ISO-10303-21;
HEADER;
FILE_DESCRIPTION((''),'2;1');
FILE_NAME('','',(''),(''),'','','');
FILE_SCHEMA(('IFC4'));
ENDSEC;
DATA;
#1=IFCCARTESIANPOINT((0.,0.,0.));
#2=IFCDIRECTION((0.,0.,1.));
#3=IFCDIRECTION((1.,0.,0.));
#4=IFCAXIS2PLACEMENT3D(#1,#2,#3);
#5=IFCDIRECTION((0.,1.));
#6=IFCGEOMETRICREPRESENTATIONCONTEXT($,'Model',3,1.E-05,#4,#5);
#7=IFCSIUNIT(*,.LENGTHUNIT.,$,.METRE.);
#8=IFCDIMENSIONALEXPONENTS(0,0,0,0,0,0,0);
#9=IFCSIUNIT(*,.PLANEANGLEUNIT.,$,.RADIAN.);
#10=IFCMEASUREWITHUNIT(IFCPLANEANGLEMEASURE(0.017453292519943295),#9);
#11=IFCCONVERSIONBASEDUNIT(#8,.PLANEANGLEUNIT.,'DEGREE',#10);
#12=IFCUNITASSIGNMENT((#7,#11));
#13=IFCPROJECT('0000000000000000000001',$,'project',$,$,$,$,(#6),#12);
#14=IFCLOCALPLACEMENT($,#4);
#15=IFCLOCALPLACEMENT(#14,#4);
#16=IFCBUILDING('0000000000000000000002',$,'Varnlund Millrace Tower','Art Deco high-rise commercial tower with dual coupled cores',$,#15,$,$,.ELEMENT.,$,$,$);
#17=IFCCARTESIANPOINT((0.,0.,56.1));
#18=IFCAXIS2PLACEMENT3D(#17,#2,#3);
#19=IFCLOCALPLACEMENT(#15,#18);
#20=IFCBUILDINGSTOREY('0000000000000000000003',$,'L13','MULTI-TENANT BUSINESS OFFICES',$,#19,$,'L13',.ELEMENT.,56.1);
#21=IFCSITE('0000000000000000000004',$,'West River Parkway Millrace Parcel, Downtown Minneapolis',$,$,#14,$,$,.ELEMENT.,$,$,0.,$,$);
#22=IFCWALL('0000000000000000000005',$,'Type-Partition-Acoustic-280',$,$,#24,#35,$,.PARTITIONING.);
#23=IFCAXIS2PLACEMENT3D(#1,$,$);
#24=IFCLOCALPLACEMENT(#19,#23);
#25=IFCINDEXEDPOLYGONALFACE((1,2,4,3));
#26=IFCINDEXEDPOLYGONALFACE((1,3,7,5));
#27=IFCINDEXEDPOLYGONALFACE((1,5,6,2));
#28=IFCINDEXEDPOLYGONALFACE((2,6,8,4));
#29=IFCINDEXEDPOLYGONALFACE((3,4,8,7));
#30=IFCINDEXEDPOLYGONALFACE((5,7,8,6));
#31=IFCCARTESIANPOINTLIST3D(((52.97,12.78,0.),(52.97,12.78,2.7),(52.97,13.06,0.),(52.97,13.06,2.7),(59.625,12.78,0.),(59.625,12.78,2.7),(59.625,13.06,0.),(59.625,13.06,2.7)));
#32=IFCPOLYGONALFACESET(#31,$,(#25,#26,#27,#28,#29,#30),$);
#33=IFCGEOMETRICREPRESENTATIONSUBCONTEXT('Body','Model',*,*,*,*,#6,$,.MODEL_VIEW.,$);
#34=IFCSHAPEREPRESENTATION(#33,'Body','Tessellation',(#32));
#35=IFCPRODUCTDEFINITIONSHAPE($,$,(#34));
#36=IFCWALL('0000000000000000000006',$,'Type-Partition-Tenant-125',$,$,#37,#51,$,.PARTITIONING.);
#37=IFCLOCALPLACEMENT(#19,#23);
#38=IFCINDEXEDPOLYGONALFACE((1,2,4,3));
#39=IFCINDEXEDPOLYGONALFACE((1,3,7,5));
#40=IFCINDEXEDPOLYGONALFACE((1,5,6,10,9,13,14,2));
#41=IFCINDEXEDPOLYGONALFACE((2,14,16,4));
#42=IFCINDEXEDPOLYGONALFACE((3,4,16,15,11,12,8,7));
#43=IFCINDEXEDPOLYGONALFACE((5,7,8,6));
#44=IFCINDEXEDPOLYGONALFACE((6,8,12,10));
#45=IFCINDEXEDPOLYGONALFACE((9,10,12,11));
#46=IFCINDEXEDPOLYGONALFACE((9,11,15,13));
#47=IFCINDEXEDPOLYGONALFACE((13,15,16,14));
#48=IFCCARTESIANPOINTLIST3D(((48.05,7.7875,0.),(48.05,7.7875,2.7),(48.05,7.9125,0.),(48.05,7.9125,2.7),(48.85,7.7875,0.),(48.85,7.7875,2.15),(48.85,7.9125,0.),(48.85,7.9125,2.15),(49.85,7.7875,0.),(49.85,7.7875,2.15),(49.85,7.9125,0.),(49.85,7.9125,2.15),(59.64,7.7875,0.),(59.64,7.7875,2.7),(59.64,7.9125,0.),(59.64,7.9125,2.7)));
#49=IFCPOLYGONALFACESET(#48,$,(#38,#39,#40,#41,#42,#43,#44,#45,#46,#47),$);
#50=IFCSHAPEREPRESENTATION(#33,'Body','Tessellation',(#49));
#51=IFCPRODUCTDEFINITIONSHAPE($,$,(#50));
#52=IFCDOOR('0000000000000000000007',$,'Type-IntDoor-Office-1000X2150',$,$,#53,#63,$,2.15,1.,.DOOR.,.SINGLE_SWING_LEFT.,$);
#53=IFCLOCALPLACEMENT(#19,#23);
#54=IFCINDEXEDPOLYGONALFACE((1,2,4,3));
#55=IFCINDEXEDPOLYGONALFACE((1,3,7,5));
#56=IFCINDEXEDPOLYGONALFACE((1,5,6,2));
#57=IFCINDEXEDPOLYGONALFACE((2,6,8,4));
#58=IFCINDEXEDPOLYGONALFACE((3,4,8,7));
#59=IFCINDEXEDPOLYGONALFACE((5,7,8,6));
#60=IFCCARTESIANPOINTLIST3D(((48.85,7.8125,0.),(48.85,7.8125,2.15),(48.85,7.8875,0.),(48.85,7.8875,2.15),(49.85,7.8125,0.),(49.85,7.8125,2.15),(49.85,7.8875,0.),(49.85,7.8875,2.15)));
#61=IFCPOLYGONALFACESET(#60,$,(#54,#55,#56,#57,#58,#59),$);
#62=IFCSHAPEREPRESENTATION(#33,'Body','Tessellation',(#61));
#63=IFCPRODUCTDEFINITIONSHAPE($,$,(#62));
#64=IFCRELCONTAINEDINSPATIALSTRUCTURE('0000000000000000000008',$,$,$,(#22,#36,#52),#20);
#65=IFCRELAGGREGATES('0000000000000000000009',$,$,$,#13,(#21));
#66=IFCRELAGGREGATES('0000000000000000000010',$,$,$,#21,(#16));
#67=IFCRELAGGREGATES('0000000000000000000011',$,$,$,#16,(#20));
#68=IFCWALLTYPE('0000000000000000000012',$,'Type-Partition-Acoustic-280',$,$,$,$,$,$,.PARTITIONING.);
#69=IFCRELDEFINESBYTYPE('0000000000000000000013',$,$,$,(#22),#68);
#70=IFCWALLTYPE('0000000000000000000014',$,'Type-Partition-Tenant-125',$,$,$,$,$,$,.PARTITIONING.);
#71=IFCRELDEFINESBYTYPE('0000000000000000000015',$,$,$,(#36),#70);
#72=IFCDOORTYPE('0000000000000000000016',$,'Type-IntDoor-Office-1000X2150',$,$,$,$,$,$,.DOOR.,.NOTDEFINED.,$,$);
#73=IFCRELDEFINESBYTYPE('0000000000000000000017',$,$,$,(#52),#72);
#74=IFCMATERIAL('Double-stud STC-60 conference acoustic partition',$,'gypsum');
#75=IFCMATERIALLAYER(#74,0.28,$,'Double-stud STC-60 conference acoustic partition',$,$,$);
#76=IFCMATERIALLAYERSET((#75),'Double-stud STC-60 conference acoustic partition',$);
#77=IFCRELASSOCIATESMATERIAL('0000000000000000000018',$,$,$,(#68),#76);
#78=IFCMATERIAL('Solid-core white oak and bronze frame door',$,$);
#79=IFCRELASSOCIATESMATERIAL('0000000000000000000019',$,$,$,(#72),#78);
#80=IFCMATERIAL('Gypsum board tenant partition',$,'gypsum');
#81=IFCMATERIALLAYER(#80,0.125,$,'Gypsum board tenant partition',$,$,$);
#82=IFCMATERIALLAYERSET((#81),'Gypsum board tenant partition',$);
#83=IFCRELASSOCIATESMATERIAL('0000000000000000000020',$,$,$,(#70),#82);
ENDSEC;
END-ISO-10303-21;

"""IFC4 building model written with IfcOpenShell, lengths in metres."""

from ifc_helpers import new_model, entity, si_unit, converted_unit, direction, frame, origin_with_axes, origin_2d_with_axis, place, context, subcontext, project, spatial, polyline, rectangle, outline, extrude, material, layer, layer_set, type_object, element, fill, save


model = new_model("IFC4")

# Units and contexts
model_context = context("Model", 3, precision=1e-05, world=origin_with_axes(), true_north=direction((0.0, 1.0)))
body_context = subcontext(model_context, "Body", "Model", "MODEL_VIEW")
ifc_project = project(units=[si_unit("LENGTHUNIT", "METRE"), converted_unit("PLANEANGLEUNIT", "DEGREE", entity("IfcPlaneAngleMeasure", 0.017453292519943295), si_unit("PLANEANGLEUNIT", "RADIAN"), dimensions=[0, 0, 0, 0, 0, 0, 0])], contexts=[model_context])

# Site, building, storey
site_placement = place(None, origin_with_axes())
site = spatial("IfcSite", under=ifc_project, at=site_placement, Name="West River Parkway Millrace Parcel, Downtown Minneapolis", CompositionType="ELEMENT", RefElevation=0.0)
building_placement = place(site_placement, origin_with_axes())
building = spatial("IfcBuilding", under=site, at=building_placement, Name="Varnlund Millrace Tower", Description="Art Deco high-rise commercial tower with dual coupled cores", CompositionType="ELEMENT")
storey_placement = place(building_placement, frame((0.0, 0.0, 56.1), z_axis=(0.0, 0.0, 1.0), x_axis=(1.0, 0.0, 0.0)))
storey = spatial("IfcBuildingStorey", under=building, at=storey_placement, Name="L13", Description="MULTI-TENANT BUSINESS OFFICES", LongName="L13", CompositionType="ELEMENT", Elevation=56.1)

# Wall
ifc_material_1 = material(Name="Double-stud STC-60 conference acoustic partition", Category="gypsum")
ifc_layer_1 = layer(ifc_material_1, 0.28, Name="Double-stud STC-60 conference acoustic partition")
ifc_layer_set_1 = layer_set([ifc_layer_1], Name="Double-stud STC-60 conference acoustic partition")
wall_type_1 = type_object("IfcWallType", Name="Type-Partition-Acoustic-280", PredefinedType="PARTITIONING", material=ifc_layer_set_1)
wall_1_placement = place(storey_placement, frame((52.97, 12.92, 0.0), z_axis=(0.0, 0.0, 1.0), x_axis=(1.0, 0.0, 0.0)))
element("IfcWall", 1, at=wall_1_placement, inside=storey, type_object=wall_type_1, Name="Type-Partition-Acoustic-280", PredefinedType="PARTITIONING", context=body_context, shape_type="SweptSolid", body=[
    extrude(outline(polyline([(0.0, -0.14), (6.655, -0.14), (6.655, 0.14), (0.0, 0.14), (0.0, -0.14)])), origin_with_axes(), (0.0, 0.0, 1.0), 2.7),
])

# Shared definitions
ifc_material_2 = material(Name="Solid-core white oak and bronze frame door")
door_type = type_object("IfcDoorType", Name="Type-IntDoor-Office-1000X2150", OperationType="NOTDEFINED", PredefinedType="DOOR", material=ifc_material_2)

# Wall, opening, door
ifc_material_3 = material(Name="Gypsum board tenant partition", Category="gypsum")
ifc_layer_2 = layer(ifc_material_3, 0.125, Name="Gypsum board tenant partition")
ifc_layer_set_2 = layer_set([ifc_layer_2], Name="Gypsum board tenant partition")
wall_type_2 = type_object("IfcWallType", Name="Type-Partition-Tenant-125", PredefinedType="PARTITIONING", material=ifc_layer_set_2)
wall_2_placement = place(storey_placement, frame((59.64, 7.85, 0.0), z_axis=(0.0, 0.0, 1.0), x_axis=(-1.0, 0.0, 0.0)))
wall_2 = element("IfcWall", 2, at=wall_2_placement, inside=storey, type_object=wall_type_2, Name="Type-Partition-Tenant-125", PredefinedType="PARTITIONING", context=body_context, shape_type="SweptSolid", body=[
    extrude(outline(polyline([(0.0, -0.0625), (11.59, -0.0625), (11.59, 0.0625), (0.0, 0.0625), (0.0, -0.0625)])), origin_with_axes(), (0.0, 0.0, 1.0), 2.7),
])
opening_1_placement = place(wall_2_placement, frame((10.29, 0.0, 0.0), z_axis=(0.0, 0.0, 1.0), x_axis=(1.0, 0.0, 0.0)))
opening_1 = element("IfcOpeningElement", 3, at=opening_1_placement, cuts=wall_2, PredefinedType="OPENING", context=body_context, shape_type="SweptSolid", body=[
    extrude(rectangle(XDim=1.0, YDim=0.145, at=origin_2d_with_axis()), origin_with_axes(), (0.0, 0.0, 1.0), 2.15),
])
door_1_placement = place(wall_2_placement, frame((10.29, 0.0, 0.0), z_axis=(0.0, 0.0, 1.0), x_axis=(1.0, 0.0, 0.0)))
door_1 = element("IfcDoor", 4, at=door_1_placement, inside=storey, type_object=door_type, Name="Type-IntDoor-Office-1000X2150", OperationType="SINGLE_SWING_LEFT", OverallHeight=2.15, OverallWidth=1.0, PredefinedType="DOOR", context=body_context, shape_type="SweptSolid", body=[
    extrude(rectangle(XDim=1.0, YDim=0.075, at=origin_2d_with_axis()), origin_with_axes(), (0.0, 0.0, 1.0), 2.15),
])
fill(opening_1, door_1)

save(model, "model.ifc")
